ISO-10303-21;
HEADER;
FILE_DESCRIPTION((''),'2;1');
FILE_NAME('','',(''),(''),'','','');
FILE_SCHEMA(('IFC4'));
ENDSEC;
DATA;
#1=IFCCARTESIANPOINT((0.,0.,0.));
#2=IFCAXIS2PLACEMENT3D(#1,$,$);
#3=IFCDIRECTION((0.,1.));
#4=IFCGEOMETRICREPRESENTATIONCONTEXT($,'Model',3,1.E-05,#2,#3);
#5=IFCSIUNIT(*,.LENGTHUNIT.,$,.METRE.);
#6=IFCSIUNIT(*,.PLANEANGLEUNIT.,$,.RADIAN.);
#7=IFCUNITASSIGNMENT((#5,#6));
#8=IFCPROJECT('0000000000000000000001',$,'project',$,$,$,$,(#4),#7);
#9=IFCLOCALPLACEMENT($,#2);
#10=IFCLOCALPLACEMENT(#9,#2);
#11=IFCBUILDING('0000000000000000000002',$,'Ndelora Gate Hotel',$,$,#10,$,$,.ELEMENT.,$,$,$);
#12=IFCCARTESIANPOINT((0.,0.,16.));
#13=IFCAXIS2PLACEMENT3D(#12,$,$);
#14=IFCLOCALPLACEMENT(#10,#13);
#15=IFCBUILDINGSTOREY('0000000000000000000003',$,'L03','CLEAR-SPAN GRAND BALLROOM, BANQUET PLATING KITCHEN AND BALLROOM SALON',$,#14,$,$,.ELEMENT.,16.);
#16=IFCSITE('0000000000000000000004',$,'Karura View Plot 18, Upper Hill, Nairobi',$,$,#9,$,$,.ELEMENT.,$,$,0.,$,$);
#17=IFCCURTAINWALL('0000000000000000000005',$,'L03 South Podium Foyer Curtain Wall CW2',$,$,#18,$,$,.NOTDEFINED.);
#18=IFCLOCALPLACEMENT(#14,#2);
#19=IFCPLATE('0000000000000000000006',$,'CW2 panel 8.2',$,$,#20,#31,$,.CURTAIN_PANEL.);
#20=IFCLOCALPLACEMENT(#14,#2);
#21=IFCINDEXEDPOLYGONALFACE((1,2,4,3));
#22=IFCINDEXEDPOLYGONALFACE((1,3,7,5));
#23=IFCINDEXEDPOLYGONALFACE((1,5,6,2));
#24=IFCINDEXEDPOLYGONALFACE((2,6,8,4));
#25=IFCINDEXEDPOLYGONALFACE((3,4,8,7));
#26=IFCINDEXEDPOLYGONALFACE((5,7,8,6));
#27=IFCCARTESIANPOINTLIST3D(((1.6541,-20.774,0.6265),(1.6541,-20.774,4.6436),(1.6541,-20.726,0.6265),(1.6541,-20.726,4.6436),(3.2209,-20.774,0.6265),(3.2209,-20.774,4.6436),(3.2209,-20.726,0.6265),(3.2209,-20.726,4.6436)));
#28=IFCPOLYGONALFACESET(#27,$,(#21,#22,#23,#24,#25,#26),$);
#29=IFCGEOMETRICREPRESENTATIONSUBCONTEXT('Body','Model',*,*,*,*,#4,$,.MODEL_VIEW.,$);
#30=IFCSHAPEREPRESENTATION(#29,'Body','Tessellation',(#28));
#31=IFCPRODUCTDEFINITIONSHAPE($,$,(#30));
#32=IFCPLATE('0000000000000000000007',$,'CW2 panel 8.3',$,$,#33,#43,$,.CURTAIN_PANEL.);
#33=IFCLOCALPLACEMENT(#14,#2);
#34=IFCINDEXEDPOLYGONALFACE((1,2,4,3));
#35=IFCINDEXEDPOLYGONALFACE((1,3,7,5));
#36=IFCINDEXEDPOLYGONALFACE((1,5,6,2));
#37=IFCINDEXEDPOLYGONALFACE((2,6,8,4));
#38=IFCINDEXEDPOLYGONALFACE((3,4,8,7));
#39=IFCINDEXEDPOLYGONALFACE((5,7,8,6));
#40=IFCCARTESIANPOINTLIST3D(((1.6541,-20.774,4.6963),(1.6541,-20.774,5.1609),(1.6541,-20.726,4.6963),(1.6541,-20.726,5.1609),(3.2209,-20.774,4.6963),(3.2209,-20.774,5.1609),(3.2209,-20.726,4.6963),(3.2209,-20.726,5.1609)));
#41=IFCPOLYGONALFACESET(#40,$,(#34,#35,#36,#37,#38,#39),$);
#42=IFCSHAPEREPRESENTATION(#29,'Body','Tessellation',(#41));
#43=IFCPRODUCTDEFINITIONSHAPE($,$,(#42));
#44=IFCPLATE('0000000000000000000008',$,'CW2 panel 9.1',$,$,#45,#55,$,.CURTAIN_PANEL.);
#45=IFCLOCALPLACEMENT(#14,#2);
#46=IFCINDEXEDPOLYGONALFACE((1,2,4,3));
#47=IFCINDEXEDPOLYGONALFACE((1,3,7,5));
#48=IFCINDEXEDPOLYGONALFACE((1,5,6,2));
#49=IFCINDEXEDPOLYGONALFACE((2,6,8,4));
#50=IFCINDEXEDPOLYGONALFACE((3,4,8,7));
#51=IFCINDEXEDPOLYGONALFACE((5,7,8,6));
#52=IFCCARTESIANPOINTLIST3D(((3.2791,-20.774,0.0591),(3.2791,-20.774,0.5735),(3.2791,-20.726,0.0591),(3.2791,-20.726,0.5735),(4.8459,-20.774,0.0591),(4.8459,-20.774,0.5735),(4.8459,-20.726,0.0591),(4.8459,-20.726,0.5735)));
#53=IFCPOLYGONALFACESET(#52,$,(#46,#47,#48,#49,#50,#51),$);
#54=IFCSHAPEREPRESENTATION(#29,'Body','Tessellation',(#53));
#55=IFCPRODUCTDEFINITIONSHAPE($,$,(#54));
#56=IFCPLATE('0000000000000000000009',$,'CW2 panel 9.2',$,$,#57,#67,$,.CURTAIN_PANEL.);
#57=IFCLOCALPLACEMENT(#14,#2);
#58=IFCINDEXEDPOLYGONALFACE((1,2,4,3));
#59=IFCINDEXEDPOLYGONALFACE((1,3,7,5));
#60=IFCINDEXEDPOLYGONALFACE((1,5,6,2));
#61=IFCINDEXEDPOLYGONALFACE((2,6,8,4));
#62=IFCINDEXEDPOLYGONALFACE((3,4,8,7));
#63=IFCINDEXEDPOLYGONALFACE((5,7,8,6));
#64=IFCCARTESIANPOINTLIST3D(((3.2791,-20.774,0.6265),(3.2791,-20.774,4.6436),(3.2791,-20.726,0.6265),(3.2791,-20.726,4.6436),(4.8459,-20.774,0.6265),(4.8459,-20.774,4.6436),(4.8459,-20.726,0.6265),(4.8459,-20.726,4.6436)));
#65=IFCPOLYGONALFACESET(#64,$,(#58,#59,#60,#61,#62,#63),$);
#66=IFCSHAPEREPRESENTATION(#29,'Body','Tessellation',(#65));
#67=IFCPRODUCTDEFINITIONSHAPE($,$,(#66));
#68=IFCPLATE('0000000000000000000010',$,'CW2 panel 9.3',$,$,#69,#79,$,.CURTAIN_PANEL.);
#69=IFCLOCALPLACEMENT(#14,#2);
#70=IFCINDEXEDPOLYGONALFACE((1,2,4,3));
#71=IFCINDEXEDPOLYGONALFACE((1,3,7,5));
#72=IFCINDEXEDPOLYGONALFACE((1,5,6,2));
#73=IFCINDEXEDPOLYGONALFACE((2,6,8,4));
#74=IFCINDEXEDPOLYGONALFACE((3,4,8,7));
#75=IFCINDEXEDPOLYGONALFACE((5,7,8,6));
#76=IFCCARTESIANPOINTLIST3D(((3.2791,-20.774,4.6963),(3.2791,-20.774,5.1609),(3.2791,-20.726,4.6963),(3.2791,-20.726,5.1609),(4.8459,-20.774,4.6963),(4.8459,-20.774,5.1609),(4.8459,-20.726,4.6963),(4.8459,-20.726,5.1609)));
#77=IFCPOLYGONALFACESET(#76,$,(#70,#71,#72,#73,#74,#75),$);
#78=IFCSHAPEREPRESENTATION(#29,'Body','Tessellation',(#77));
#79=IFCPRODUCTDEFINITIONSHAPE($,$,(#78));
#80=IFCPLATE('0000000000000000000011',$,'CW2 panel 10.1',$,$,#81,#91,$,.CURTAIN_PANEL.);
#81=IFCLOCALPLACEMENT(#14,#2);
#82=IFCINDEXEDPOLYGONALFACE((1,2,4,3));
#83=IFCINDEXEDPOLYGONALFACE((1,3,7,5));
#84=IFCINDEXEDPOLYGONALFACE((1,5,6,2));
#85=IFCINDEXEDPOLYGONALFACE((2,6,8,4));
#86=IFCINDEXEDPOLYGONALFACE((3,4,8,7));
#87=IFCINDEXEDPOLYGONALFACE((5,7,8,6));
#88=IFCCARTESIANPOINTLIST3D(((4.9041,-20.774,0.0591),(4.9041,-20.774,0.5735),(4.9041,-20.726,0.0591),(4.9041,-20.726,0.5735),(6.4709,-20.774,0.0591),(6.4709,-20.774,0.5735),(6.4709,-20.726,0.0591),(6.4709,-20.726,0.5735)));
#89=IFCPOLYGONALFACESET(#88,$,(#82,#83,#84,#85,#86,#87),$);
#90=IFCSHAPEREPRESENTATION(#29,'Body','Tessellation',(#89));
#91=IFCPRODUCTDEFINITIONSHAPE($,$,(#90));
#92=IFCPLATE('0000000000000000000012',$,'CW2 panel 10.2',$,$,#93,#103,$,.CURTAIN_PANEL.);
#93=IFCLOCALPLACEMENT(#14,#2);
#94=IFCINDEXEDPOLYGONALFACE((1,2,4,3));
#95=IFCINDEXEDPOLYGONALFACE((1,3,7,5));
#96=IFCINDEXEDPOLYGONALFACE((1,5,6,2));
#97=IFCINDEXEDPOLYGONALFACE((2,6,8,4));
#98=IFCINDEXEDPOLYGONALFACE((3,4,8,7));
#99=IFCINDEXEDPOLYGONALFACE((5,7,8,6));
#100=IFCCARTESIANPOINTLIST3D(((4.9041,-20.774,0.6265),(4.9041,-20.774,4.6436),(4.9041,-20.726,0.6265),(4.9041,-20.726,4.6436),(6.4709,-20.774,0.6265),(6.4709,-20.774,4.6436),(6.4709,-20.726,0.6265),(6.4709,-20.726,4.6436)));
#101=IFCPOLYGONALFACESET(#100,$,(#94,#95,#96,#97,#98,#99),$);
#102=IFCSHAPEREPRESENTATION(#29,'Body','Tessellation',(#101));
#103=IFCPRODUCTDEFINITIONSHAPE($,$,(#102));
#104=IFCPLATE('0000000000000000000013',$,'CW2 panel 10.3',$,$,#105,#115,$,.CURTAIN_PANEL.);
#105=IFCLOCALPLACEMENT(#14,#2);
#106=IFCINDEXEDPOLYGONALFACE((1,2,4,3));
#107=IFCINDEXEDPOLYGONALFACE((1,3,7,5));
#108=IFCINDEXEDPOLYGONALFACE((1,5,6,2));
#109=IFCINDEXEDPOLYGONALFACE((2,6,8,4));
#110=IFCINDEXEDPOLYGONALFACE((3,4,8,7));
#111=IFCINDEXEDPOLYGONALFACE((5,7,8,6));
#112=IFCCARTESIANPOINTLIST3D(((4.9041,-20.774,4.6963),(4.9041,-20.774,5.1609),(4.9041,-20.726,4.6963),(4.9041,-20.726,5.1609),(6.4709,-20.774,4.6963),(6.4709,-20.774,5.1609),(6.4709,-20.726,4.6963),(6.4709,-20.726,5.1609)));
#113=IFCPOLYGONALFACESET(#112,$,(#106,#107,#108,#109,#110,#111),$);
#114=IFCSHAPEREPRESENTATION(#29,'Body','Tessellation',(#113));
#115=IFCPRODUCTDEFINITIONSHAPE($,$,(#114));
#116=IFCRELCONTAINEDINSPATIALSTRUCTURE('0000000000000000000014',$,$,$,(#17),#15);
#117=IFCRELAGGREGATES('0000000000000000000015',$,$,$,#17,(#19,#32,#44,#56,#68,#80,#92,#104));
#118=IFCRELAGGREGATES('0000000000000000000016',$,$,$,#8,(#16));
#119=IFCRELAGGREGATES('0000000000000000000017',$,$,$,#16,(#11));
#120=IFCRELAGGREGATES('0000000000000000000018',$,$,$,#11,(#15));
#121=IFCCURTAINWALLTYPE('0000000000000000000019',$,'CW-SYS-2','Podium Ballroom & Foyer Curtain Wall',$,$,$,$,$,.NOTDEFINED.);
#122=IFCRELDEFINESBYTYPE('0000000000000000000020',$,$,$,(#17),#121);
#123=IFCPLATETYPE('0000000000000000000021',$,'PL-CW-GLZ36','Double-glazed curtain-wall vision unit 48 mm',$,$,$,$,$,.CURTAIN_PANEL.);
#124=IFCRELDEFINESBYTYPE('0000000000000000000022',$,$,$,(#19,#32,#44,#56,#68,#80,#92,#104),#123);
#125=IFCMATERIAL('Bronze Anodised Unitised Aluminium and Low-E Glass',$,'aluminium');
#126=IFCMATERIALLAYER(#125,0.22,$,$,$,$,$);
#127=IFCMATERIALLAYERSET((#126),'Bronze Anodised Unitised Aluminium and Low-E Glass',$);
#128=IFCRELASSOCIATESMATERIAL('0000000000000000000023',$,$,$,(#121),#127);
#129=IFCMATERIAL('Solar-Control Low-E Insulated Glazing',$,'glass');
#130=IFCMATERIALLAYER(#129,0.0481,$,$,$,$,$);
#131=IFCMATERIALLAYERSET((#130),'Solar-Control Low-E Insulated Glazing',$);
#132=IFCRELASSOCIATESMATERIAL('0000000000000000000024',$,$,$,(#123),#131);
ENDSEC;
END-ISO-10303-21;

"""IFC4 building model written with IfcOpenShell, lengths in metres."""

from ifc_helpers import new_model, si_unit, direction, frame, origin, origin_2d, place, context, subcontext, project, spatial, rectangle, extrude, material, layer, layer_set, type_object, element, aggregate, save


model = new_model("IFC4")

# Units and contexts
model_context = context("Model", 3, precision=1e-05, world=origin(), true_north=direction((0.0, 1.0)))
body_context = subcontext(model_context, "Body", "Model", "MODEL_VIEW")
ifc_project = project(units=[si_unit("LENGTHUNIT", "METRE"), si_unit("PLANEANGLEUNIT", "RADIAN")], contexts=[model_context])

# Site, building, storey
site_placement = place(None, origin())
site = spatial("IfcSite", under=ifc_project, at=site_placement, Name="Karura View Plot 18, Upper Hill, Nairobi", CompositionType="ELEMENT", RefElevation=0.0)
building_placement = place(site_placement, origin())
building = spatial("IfcBuilding", under=site, at=building_placement, Name="Ndelora Gate Hotel", CompositionType="ELEMENT")
storey_placement = place(building_placement, frame((0.0, 0.0, 16.0)))
storey = spatial("IfcBuildingStorey", under=building, at=storey_placement, Name="L03", Description="CLEAR-SPAN GRAND BALLROOM, BANQUET PLATING KITCHEN AND BALLROOM SALON", CompositionType="ELEMENT", Elevation=16.0)

# Curtain wall, plates
ifc_material_1 = material(Name="Bronze Anodised Unitised Aluminium and Low-E Glass", Category="aluminium")
ifc_layer_1 = layer(ifc_material_1, 0.22)
ifc_layer_set_1 = layer_set([ifc_layer_1], Name="Bronze Anodised Unitised Aluminium and Low-E Glass")
curtain_wall_type = type_object("IfcCurtainWallType", Name="CW-SYS-2", Description="Podium Ballroom & Foyer Curtain Wall", PredefinedType="NOTDEFINED", material=ifc_layer_set_1)
curtain_wall_placement = place(storey_placement, origin())
curtain_wall = element("IfcCurtainWall", 1, at=curtain_wall_placement, inside=storey, type_object=curtain_wall_type, Name="L03 South Podium Foyer Curtain Wall CW2", PredefinedType="NOTDEFINED")
ifc_material_2 = material(Name="Solar-Control Low-E Insulated Glazing", Category="glass")
ifc_layer_2 = layer(ifc_material_2, 0.0481)
ifc_layer_set_2 = layer_set([ifc_layer_2], Name="Solar-Control Low-E Insulated Glazing")
plate_type = type_object("IfcPlateType", Name="PL-CW-GLZ36", Description="Double-glazed curtain-wall vision unit 48 mm", PredefinedType="CURTAIN_PANEL", material=ifc_layer_set_2)
plate_1_placement = place(storey_placement, frame((2.4375, -20.75, 0.6265), z_axis=(0.0, 0.0, 1.0), x_axis=(1.0, 0.0, 0.0)))
plate_1 = element("IfcPlate", 2, at=plate_1_placement, type_object=plate_type, Name="CW2 panel 8.2", PredefinedType="CURTAIN_PANEL", context=body_context, shape_type="SweptSolid", body=[
    extrude(rectangle(XDim=1.5669, YDim=0.0481, at=origin_2d()), origin(), (0.0, 0.0, 1.0), 4.0171),
])
plate_2_placement = place(storey_placement, frame((2.4375, -20.75, 4.6963), z_axis=(0.0, 0.0, 1.0), x_axis=(1.0, 0.0, 0.0)))
plate_2 = element("IfcPlate", 3, at=plate_2_placement, type_object=plate_type, Name="CW2 panel 8.3", PredefinedType="CURTAIN_PANEL", context=body_context, shape_type="SweptSolid", body=[
    extrude(rectangle(XDim=1.5669, YDim=0.0481, at=origin_2d()), origin(), (0.0, 0.0, 1.0), 0.4646),
])
plate_3_placement = place(storey_placement, frame((4.0625, -20.75, 0.0591), z_axis=(0.0, 0.0, 1.0), x_axis=(1.0, 0.0, 0.0)))
plate_3 = element("IfcPlate", 4, at=plate_3_placement, type_object=plate_type, Name="CW2 panel 9.1", PredefinedType="CURTAIN_PANEL", context=body_context, shape_type="SweptSolid", body=[
    extrude(rectangle(XDim=1.5669, YDim=0.0481, at=origin_2d()), origin(), (0.0, 0.0, 1.0), 0.5144),
])
plate_4_placement = place(storey_placement, frame((4.0625, -20.75, 0.6265), z_axis=(0.0, 0.0, 1.0), x_axis=(1.0, 0.0, 0.0)))
plate_4 = element("IfcPlate", 5, at=plate_4_placement, type_object=plate_type, Name="CW2 panel 9.2", PredefinedType="CURTAIN_PANEL", context=body_context, shape_type="SweptSolid", body=[
    extrude(rectangle(XDim=1.5669, YDim=0.0481, at=origin_2d()), origin(), (0.0, 0.0, 1.0), 4.0171),
])
plate_5_placement = place(storey_placement, frame((4.0625, -20.75, 4.6963), z_axis=(0.0, 0.0, 1.0), x_axis=(1.0, 0.0, 0.0)))
plate_5 = element("IfcPlate", 6, at=plate_5_placement, type_object=plate_type, Name="CW2 panel 9.3", PredefinedType="CURTAIN_PANEL", context=body_context, shape_type="SweptSolid", body=[
    extrude(rectangle(XDim=1.5669, YDim=0.0481, at=origin_2d()), origin(), (0.0, 0.0, 1.0), 0.4646),
])
plate_6_placement = place(storey_placement, frame((5.6875, -20.75, 0.0591), z_axis=(0.0, 0.0, 1.0), x_axis=(1.0, 0.0, 0.0)))
plate_6 = element("IfcPlate", 7, at=plate_6_placement, type_object=plate_type, Name="CW2 panel 10.1", PredefinedType="CURTAIN_PANEL", context=body_context, shape_type="SweptSolid", body=[
    extrude(rectangle(XDim=1.5669, YDim=0.0481, at=origin_2d()), origin(), (0.0, 0.0, 1.0), 0.5144),
])
plate_7_placement = place(storey_placement, frame((5.6875, -20.75, 0.6265), z_axis=(0.0, 0.0, 1.0), x_axis=(1.0, 0.0, 0.0)))
plate_7 = element("IfcPlate", 8, at=plate_7_placement, type_object=plate_type, Name="CW2 panel 10.2", PredefinedType="CURTAIN_PANEL", context=body_context, shape_type="SweptSolid", body=[
    extrude(rectangle(XDim=1.5669, YDim=0.0481, at=origin_2d()), origin(), (0.0, 0.0, 1.0), 4.0171),
])
plate_8_placement = place(storey_placement, frame((5.6875, -20.75, 4.6963), z_axis=(0.0, 0.0, 1.0), x_axis=(1.0, 0.0, 0.0)))
plate_8 = element("IfcPlate", 9, at=plate_8_placement, type_object=plate_type, Name="CW2 panel 10.3", PredefinedType="CURTAIN_PANEL", context=body_context, shape_type="SweptSolid", body=[
    extrude(rectangle(XDim=1.5669, YDim=0.0481, at=origin_2d()), origin(), (0.0, 0.0, 1.0), 0.4646),
])
aggregate(curtain_wall, [plate_1, plate_2, plate_3, plate_4, plate_5, plate_6, plate_7, plate_8])

save(model, "model.ifc")
